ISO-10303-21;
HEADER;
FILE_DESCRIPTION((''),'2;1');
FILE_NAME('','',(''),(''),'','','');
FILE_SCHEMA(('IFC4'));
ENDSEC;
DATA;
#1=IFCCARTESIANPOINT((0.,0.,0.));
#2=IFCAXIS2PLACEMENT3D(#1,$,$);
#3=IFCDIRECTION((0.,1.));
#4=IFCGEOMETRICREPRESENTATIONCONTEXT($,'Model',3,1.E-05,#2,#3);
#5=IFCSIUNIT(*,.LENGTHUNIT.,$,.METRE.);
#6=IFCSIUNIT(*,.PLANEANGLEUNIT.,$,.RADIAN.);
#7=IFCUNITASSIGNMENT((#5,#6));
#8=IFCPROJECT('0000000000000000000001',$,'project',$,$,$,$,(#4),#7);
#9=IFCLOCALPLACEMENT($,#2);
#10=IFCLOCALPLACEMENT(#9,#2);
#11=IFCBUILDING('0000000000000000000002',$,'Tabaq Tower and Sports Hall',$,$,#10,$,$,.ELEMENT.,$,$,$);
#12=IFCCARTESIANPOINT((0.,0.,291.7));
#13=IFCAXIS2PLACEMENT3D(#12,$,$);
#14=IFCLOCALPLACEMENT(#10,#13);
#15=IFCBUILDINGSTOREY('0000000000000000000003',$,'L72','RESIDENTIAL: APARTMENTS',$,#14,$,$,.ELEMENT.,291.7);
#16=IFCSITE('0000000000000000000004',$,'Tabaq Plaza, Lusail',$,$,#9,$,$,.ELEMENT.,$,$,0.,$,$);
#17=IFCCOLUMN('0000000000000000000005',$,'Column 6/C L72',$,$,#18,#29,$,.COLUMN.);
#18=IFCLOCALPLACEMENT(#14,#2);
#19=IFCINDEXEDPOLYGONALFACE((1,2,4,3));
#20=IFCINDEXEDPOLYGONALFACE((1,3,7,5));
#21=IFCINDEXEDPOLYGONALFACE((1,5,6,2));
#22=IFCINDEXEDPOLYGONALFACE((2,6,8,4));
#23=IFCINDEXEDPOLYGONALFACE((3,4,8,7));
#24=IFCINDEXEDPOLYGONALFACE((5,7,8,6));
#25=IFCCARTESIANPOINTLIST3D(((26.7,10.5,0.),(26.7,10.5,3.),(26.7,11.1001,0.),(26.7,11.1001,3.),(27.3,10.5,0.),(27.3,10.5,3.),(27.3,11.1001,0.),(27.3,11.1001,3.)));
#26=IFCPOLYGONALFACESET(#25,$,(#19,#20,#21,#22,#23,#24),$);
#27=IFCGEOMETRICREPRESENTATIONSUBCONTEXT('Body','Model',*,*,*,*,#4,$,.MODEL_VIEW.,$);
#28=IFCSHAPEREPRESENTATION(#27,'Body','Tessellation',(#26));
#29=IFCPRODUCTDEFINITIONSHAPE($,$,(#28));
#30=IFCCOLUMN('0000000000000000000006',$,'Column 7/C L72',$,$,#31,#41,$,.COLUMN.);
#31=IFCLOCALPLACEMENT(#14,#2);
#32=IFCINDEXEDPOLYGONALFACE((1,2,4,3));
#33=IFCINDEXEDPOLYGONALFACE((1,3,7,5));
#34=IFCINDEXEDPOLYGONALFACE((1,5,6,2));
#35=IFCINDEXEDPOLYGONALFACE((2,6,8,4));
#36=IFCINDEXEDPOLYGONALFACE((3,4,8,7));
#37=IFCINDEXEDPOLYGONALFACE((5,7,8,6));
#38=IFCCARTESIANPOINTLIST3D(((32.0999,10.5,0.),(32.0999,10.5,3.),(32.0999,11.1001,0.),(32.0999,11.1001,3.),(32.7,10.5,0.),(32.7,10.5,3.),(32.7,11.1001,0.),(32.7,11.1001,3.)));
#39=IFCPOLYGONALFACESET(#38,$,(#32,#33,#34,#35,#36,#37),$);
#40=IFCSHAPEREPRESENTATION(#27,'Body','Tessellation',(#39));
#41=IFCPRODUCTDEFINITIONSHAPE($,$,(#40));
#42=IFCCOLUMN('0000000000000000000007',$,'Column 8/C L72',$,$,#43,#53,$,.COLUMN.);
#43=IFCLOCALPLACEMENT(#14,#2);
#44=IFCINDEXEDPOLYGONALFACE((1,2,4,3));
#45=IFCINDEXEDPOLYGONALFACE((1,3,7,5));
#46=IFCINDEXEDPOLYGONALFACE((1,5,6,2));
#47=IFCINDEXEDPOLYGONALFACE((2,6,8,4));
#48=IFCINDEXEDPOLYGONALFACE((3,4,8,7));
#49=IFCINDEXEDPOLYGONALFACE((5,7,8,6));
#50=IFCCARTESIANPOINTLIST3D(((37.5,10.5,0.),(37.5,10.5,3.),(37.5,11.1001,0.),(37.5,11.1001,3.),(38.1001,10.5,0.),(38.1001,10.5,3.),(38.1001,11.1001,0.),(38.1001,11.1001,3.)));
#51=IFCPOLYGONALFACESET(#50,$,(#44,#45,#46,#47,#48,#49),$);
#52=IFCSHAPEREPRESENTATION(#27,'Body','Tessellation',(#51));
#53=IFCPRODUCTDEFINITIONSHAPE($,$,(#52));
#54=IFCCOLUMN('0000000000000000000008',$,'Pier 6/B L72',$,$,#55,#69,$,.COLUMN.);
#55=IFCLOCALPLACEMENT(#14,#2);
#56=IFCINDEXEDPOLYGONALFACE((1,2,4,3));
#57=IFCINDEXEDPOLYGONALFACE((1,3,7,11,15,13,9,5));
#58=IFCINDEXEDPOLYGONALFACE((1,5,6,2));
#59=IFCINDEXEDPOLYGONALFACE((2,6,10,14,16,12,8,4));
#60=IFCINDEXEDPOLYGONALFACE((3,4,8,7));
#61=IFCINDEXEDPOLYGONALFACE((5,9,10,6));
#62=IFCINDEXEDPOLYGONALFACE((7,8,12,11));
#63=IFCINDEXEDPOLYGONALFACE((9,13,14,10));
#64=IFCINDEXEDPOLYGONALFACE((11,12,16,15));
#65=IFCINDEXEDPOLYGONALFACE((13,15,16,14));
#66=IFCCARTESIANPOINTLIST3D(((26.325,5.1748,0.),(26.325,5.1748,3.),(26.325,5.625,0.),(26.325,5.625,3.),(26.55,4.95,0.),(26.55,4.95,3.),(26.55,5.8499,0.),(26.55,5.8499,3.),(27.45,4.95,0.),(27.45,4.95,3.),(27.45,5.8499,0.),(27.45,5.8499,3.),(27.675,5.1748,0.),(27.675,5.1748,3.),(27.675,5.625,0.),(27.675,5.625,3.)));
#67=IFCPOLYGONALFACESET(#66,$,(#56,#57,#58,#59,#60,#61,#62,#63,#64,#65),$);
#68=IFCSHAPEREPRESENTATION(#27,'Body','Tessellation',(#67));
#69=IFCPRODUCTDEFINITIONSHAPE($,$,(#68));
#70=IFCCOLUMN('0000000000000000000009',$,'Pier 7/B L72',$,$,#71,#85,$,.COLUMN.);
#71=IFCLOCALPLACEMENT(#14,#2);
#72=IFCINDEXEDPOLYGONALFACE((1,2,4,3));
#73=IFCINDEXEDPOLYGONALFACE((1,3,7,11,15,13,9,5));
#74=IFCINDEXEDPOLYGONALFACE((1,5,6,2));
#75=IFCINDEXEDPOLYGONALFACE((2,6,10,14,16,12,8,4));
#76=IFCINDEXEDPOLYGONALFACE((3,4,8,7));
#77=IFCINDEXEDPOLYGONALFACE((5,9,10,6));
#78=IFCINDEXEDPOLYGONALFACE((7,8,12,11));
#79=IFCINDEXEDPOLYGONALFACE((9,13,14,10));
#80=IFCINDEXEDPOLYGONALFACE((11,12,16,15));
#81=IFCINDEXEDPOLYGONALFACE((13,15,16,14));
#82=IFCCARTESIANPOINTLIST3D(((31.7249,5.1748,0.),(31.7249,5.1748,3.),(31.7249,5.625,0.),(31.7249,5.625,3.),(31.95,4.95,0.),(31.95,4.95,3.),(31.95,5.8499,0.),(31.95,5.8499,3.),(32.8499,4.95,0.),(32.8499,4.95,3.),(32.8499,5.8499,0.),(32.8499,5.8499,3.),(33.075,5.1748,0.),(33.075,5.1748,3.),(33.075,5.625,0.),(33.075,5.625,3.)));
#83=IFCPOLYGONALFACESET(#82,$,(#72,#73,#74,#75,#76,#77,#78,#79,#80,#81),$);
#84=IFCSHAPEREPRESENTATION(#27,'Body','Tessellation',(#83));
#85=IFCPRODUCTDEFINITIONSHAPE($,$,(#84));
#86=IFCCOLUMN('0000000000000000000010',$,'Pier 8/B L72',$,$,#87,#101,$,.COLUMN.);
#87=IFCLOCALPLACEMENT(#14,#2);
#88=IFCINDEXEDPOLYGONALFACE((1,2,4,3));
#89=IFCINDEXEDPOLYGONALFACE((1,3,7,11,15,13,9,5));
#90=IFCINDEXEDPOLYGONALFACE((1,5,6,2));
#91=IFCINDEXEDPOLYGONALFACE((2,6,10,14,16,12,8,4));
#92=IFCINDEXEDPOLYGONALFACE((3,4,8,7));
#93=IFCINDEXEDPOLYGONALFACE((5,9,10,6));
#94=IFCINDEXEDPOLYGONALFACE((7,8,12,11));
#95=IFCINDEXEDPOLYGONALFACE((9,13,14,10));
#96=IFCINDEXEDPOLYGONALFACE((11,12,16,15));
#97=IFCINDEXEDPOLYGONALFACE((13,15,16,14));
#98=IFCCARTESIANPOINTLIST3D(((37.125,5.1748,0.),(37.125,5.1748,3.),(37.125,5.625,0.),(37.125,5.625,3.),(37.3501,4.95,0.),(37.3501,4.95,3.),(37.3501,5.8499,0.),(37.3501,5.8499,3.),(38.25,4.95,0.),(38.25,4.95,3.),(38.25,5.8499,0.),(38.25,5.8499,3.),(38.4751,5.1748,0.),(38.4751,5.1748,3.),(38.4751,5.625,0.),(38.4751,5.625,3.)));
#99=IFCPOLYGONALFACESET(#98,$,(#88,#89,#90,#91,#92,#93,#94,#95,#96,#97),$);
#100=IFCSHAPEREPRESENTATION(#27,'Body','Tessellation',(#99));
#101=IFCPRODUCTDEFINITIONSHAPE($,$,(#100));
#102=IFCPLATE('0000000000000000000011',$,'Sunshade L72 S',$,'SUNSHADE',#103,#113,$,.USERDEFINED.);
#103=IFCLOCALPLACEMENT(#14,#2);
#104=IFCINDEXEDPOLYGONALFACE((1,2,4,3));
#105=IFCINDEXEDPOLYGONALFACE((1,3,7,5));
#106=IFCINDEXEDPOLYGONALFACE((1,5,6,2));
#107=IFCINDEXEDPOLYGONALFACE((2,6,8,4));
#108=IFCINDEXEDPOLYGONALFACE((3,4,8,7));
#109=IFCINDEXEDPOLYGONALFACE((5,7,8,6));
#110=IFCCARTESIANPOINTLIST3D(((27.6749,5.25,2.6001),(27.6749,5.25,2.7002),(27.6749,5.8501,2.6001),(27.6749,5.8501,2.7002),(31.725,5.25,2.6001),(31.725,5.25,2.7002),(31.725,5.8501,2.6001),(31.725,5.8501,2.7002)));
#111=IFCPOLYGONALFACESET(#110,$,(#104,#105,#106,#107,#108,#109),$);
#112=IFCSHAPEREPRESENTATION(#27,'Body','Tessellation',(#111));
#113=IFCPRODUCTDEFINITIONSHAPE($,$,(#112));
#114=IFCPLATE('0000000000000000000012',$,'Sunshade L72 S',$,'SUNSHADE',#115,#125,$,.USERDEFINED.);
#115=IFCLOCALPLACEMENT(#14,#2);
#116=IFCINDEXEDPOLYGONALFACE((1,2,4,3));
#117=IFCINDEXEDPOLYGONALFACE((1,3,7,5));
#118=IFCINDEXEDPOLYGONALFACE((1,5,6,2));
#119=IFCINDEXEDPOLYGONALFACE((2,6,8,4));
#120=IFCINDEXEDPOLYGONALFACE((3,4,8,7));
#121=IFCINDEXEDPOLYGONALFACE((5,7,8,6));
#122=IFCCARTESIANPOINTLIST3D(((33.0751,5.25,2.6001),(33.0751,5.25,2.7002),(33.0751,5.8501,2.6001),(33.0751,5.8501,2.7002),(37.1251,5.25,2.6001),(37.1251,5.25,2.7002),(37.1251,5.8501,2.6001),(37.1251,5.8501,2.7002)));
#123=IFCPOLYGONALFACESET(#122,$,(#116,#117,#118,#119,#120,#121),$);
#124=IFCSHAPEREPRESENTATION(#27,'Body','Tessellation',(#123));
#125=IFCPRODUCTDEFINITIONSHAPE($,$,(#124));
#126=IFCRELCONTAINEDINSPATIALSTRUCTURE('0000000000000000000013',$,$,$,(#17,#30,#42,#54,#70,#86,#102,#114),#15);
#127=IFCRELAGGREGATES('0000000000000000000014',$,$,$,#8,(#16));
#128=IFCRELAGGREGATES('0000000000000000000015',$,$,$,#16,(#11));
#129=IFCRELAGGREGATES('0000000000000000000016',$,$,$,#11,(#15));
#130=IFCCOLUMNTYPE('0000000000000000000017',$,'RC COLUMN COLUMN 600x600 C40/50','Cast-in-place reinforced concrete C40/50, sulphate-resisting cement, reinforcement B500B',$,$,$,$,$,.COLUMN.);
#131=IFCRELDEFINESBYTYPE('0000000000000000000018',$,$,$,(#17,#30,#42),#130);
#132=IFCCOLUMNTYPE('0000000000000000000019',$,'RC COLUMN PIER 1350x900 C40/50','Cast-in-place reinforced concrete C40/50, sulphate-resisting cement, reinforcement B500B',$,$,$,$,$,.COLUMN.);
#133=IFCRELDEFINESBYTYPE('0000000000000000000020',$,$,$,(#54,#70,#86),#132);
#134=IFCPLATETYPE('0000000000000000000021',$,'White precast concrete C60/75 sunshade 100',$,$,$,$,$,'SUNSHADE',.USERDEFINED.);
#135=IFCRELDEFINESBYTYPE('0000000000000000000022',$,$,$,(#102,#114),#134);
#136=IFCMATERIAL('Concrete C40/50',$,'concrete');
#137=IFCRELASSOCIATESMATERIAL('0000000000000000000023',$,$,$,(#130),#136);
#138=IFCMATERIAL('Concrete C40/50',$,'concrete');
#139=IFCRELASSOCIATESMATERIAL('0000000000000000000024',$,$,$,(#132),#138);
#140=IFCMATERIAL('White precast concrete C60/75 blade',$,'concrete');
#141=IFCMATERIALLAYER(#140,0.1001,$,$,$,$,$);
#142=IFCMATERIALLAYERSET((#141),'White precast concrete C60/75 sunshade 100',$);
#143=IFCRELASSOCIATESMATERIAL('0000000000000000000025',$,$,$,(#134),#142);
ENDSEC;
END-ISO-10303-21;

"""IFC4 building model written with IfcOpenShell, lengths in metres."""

from ifc_helpers import new_model, si_unit, direction, frame, origin, origin_2d, place, context, subcontext, project, spatial, polyline, rectangle, outline, extrude, material, layer, layer_set, material_profile, profile_set, type_object, element, save


model = new_model("IFC4")

# Units and contexts
model_context = context("Model", 3, precision=1e-05, world=origin(), true_north=direction((0.0, 1.0)))
body_context = subcontext(model_context, "Body", "Model", "MODEL_VIEW")
ifc_project = project(units=[si_unit("LENGTHUNIT", "METRE"), si_unit("PLANEANGLEUNIT", "RADIAN")], contexts=[model_context])

# Site, building, storey
site_placement = place(None, origin())
site = spatial("IfcSite", under=ifc_project, at=site_placement, Name="Tabaq Plaza, Lusail", CompositionType="ELEMENT", RefElevation=0.0)
building_placement = place(site_placement, origin())
building = spatial("IfcBuilding", under=site, at=building_placement, Name="Tabaq Tower and Sports Hall", CompositionType="ELEMENT")
storey_placement = place(building_placement, frame((0.0, 0.0, 291.7)))
storey = spatial("IfcBuildingStorey", under=building, at=storey_placement, Name="L72", Description="RESIDENTIAL: APARTMENTS", CompositionType="ELEMENT", Elevation=291.7)

# Columns
ifc_material_1 = material(Name="Concrete C40/50", Category="concrete")
ifc_material_profile_1 = material_profile(ifc_material_1, rectangle(XDim=0.6001, YDim=0.6001, at=origin_2d()), Name="COLUMN 600x600")
ifc_profile_set_1 = profile_set([ifc_material_profile_1], Name="Concrete C40/50")
column_type_1 = type_object("IfcColumnType", Name="RC COLUMN COLUMN 600x600 C40/50", Description="Cast-in-place reinforced concrete C40/50, sulphate-resisting cement, reinforcement B500B", PredefinedType="COLUMN", material=ifc_profile_set_1)
for number, where, z_axis, x_axis, name in (
    (1, (27.0, 10.8, 0.0), (0.0, 0.0, 1.0), (1.0, 0.0, 0.0), "Column 6/C L72"),
    (2, (32.3999, 10.8, 0.0), (0.0, 0.0, 1.0), (1.0, 0.0, 0.0), "Column 7/C L72"),
    (3, (37.8, 10.8, 0.0), (0.0, 0.0, 1.0), (1.0, 0.0, 0.0), "Column 8/C L72"),
):
    element("IfcColumn", number, at=place(storey_placement, frame(where, z_axis=z_axis, x_axis=x_axis)), inside=storey, type_object=column_type_1, Name=name, PredefinedType="COLUMN", context=body_context, shape_type="SweptSolid", body=[
        extrude(rectangle(XDim=0.6001, YDim=0.6001, at=origin_2d()), origin(), (0.0, 0.0, 1.0), 3.0),
    ])
ifc_material_2 = material(Name="Concrete C40/50", Category="concrete")
ifc_material_profile_2 = material_profile(ifc_material_2, outline(polyline([(-0.45, -0.45), (0.45, -0.45), (0.675, -0.2251), (0.675, 0.2251), (0.45, 0.45), (-0.45, 0.45), (-0.675, 0.2251), (-0.675, -0.2251), (-0.45, -0.45)])), Name="PIER 1350x900")
ifc_profile_set_2 = profile_set([ifc_material_profile_2], Name="Concrete C40/50")
column_type_2 = type_object("IfcColumnType", Name="RC COLUMN PIER 1350x900 C40/50", Description="Cast-in-place reinforced concrete C40/50, sulphate-resisting cement, reinforcement B500B", PredefinedType="COLUMN", material=ifc_profile_set_2)
for number, where, z_axis, x_axis, name in (
    (4, (27.0, 5.3999, 0.0), (0.0, 0.0, 1.0), (1.0, 0.0, 0.0), "Pier 6/B L72"),
    (5, (32.3999, 5.3999, 0.0), (0.0, 0.0, 1.0), (1.0, 0.0, 0.0), "Pier 7/B L72"),
    (6, (37.8, 5.3999, 0.0), (0.0, 0.0, 1.0), (1.0, 0.0, 0.0), "Pier 8/B L72"),
):
    element("IfcColumn", number, at=place(storey_placement, frame(where, z_axis=z_axis, x_axis=x_axis)), inside=storey, type_object=column_type_2, Name=name, PredefinedType="COLUMN", context=body_context, shape_type="SweptSolid", body=[
        extrude(outline(polyline([(-0.45, -0.45), (0.45, -0.45), (0.675, -0.2251), (0.675, 0.2251), (0.45, 0.45), (-0.45, 0.45), (-0.675, 0.2251), (-0.675, -0.2251), (-0.45, -0.45)])), origin(), (0.0, 0.0, 1.0), 3.0),
    ])

# Plates
ifc_material_3 = material(Name="White precast concrete C60/75 blade", Category="concrete")
ifc_layer_1 = layer(ifc_material_3, 0.1001)
ifc_layer_set_1 = layer_set([ifc_layer_1], Name="White precast concrete C60/75 sunshade 100")
plate_type = type_object("IfcPlateType", Name="White precast concrete C60/75 sunshade 100", ElementType="SUNSHADE", PredefinedType="USERDEFINED", material=ifc_layer_set_1)
for number, where, z_axis, x_axis, name in (
    (7, (29.7, 5.55, 2.6001), (0.0, 0.0, 1.0), (1.0, 0.0, 0.0), "Sunshade L72 S"),
    (8, (35.1001, 5.55, 2.6001), (0.0, 0.0, 1.0), (1.0, 0.0, 0.0), "Sunshade L72 S"),
):
    element("IfcPlate", number, at=place(storey_placement, frame(where, z_axis=z_axis, x_axis=x_axis)), inside=storey, type_object=plate_type, Name=name, ObjectType="SUNSHADE", PredefinedType="USERDEFINED", context=body_context, shape_type="SweptSolid", body=[
        extrude(rectangle(XDim=4.05, YDim=0.6001, at=origin_2d()), origin(), (0.0, 0.0, 1.0), 0.1001),
    ])

save(model, "model.ifc")
